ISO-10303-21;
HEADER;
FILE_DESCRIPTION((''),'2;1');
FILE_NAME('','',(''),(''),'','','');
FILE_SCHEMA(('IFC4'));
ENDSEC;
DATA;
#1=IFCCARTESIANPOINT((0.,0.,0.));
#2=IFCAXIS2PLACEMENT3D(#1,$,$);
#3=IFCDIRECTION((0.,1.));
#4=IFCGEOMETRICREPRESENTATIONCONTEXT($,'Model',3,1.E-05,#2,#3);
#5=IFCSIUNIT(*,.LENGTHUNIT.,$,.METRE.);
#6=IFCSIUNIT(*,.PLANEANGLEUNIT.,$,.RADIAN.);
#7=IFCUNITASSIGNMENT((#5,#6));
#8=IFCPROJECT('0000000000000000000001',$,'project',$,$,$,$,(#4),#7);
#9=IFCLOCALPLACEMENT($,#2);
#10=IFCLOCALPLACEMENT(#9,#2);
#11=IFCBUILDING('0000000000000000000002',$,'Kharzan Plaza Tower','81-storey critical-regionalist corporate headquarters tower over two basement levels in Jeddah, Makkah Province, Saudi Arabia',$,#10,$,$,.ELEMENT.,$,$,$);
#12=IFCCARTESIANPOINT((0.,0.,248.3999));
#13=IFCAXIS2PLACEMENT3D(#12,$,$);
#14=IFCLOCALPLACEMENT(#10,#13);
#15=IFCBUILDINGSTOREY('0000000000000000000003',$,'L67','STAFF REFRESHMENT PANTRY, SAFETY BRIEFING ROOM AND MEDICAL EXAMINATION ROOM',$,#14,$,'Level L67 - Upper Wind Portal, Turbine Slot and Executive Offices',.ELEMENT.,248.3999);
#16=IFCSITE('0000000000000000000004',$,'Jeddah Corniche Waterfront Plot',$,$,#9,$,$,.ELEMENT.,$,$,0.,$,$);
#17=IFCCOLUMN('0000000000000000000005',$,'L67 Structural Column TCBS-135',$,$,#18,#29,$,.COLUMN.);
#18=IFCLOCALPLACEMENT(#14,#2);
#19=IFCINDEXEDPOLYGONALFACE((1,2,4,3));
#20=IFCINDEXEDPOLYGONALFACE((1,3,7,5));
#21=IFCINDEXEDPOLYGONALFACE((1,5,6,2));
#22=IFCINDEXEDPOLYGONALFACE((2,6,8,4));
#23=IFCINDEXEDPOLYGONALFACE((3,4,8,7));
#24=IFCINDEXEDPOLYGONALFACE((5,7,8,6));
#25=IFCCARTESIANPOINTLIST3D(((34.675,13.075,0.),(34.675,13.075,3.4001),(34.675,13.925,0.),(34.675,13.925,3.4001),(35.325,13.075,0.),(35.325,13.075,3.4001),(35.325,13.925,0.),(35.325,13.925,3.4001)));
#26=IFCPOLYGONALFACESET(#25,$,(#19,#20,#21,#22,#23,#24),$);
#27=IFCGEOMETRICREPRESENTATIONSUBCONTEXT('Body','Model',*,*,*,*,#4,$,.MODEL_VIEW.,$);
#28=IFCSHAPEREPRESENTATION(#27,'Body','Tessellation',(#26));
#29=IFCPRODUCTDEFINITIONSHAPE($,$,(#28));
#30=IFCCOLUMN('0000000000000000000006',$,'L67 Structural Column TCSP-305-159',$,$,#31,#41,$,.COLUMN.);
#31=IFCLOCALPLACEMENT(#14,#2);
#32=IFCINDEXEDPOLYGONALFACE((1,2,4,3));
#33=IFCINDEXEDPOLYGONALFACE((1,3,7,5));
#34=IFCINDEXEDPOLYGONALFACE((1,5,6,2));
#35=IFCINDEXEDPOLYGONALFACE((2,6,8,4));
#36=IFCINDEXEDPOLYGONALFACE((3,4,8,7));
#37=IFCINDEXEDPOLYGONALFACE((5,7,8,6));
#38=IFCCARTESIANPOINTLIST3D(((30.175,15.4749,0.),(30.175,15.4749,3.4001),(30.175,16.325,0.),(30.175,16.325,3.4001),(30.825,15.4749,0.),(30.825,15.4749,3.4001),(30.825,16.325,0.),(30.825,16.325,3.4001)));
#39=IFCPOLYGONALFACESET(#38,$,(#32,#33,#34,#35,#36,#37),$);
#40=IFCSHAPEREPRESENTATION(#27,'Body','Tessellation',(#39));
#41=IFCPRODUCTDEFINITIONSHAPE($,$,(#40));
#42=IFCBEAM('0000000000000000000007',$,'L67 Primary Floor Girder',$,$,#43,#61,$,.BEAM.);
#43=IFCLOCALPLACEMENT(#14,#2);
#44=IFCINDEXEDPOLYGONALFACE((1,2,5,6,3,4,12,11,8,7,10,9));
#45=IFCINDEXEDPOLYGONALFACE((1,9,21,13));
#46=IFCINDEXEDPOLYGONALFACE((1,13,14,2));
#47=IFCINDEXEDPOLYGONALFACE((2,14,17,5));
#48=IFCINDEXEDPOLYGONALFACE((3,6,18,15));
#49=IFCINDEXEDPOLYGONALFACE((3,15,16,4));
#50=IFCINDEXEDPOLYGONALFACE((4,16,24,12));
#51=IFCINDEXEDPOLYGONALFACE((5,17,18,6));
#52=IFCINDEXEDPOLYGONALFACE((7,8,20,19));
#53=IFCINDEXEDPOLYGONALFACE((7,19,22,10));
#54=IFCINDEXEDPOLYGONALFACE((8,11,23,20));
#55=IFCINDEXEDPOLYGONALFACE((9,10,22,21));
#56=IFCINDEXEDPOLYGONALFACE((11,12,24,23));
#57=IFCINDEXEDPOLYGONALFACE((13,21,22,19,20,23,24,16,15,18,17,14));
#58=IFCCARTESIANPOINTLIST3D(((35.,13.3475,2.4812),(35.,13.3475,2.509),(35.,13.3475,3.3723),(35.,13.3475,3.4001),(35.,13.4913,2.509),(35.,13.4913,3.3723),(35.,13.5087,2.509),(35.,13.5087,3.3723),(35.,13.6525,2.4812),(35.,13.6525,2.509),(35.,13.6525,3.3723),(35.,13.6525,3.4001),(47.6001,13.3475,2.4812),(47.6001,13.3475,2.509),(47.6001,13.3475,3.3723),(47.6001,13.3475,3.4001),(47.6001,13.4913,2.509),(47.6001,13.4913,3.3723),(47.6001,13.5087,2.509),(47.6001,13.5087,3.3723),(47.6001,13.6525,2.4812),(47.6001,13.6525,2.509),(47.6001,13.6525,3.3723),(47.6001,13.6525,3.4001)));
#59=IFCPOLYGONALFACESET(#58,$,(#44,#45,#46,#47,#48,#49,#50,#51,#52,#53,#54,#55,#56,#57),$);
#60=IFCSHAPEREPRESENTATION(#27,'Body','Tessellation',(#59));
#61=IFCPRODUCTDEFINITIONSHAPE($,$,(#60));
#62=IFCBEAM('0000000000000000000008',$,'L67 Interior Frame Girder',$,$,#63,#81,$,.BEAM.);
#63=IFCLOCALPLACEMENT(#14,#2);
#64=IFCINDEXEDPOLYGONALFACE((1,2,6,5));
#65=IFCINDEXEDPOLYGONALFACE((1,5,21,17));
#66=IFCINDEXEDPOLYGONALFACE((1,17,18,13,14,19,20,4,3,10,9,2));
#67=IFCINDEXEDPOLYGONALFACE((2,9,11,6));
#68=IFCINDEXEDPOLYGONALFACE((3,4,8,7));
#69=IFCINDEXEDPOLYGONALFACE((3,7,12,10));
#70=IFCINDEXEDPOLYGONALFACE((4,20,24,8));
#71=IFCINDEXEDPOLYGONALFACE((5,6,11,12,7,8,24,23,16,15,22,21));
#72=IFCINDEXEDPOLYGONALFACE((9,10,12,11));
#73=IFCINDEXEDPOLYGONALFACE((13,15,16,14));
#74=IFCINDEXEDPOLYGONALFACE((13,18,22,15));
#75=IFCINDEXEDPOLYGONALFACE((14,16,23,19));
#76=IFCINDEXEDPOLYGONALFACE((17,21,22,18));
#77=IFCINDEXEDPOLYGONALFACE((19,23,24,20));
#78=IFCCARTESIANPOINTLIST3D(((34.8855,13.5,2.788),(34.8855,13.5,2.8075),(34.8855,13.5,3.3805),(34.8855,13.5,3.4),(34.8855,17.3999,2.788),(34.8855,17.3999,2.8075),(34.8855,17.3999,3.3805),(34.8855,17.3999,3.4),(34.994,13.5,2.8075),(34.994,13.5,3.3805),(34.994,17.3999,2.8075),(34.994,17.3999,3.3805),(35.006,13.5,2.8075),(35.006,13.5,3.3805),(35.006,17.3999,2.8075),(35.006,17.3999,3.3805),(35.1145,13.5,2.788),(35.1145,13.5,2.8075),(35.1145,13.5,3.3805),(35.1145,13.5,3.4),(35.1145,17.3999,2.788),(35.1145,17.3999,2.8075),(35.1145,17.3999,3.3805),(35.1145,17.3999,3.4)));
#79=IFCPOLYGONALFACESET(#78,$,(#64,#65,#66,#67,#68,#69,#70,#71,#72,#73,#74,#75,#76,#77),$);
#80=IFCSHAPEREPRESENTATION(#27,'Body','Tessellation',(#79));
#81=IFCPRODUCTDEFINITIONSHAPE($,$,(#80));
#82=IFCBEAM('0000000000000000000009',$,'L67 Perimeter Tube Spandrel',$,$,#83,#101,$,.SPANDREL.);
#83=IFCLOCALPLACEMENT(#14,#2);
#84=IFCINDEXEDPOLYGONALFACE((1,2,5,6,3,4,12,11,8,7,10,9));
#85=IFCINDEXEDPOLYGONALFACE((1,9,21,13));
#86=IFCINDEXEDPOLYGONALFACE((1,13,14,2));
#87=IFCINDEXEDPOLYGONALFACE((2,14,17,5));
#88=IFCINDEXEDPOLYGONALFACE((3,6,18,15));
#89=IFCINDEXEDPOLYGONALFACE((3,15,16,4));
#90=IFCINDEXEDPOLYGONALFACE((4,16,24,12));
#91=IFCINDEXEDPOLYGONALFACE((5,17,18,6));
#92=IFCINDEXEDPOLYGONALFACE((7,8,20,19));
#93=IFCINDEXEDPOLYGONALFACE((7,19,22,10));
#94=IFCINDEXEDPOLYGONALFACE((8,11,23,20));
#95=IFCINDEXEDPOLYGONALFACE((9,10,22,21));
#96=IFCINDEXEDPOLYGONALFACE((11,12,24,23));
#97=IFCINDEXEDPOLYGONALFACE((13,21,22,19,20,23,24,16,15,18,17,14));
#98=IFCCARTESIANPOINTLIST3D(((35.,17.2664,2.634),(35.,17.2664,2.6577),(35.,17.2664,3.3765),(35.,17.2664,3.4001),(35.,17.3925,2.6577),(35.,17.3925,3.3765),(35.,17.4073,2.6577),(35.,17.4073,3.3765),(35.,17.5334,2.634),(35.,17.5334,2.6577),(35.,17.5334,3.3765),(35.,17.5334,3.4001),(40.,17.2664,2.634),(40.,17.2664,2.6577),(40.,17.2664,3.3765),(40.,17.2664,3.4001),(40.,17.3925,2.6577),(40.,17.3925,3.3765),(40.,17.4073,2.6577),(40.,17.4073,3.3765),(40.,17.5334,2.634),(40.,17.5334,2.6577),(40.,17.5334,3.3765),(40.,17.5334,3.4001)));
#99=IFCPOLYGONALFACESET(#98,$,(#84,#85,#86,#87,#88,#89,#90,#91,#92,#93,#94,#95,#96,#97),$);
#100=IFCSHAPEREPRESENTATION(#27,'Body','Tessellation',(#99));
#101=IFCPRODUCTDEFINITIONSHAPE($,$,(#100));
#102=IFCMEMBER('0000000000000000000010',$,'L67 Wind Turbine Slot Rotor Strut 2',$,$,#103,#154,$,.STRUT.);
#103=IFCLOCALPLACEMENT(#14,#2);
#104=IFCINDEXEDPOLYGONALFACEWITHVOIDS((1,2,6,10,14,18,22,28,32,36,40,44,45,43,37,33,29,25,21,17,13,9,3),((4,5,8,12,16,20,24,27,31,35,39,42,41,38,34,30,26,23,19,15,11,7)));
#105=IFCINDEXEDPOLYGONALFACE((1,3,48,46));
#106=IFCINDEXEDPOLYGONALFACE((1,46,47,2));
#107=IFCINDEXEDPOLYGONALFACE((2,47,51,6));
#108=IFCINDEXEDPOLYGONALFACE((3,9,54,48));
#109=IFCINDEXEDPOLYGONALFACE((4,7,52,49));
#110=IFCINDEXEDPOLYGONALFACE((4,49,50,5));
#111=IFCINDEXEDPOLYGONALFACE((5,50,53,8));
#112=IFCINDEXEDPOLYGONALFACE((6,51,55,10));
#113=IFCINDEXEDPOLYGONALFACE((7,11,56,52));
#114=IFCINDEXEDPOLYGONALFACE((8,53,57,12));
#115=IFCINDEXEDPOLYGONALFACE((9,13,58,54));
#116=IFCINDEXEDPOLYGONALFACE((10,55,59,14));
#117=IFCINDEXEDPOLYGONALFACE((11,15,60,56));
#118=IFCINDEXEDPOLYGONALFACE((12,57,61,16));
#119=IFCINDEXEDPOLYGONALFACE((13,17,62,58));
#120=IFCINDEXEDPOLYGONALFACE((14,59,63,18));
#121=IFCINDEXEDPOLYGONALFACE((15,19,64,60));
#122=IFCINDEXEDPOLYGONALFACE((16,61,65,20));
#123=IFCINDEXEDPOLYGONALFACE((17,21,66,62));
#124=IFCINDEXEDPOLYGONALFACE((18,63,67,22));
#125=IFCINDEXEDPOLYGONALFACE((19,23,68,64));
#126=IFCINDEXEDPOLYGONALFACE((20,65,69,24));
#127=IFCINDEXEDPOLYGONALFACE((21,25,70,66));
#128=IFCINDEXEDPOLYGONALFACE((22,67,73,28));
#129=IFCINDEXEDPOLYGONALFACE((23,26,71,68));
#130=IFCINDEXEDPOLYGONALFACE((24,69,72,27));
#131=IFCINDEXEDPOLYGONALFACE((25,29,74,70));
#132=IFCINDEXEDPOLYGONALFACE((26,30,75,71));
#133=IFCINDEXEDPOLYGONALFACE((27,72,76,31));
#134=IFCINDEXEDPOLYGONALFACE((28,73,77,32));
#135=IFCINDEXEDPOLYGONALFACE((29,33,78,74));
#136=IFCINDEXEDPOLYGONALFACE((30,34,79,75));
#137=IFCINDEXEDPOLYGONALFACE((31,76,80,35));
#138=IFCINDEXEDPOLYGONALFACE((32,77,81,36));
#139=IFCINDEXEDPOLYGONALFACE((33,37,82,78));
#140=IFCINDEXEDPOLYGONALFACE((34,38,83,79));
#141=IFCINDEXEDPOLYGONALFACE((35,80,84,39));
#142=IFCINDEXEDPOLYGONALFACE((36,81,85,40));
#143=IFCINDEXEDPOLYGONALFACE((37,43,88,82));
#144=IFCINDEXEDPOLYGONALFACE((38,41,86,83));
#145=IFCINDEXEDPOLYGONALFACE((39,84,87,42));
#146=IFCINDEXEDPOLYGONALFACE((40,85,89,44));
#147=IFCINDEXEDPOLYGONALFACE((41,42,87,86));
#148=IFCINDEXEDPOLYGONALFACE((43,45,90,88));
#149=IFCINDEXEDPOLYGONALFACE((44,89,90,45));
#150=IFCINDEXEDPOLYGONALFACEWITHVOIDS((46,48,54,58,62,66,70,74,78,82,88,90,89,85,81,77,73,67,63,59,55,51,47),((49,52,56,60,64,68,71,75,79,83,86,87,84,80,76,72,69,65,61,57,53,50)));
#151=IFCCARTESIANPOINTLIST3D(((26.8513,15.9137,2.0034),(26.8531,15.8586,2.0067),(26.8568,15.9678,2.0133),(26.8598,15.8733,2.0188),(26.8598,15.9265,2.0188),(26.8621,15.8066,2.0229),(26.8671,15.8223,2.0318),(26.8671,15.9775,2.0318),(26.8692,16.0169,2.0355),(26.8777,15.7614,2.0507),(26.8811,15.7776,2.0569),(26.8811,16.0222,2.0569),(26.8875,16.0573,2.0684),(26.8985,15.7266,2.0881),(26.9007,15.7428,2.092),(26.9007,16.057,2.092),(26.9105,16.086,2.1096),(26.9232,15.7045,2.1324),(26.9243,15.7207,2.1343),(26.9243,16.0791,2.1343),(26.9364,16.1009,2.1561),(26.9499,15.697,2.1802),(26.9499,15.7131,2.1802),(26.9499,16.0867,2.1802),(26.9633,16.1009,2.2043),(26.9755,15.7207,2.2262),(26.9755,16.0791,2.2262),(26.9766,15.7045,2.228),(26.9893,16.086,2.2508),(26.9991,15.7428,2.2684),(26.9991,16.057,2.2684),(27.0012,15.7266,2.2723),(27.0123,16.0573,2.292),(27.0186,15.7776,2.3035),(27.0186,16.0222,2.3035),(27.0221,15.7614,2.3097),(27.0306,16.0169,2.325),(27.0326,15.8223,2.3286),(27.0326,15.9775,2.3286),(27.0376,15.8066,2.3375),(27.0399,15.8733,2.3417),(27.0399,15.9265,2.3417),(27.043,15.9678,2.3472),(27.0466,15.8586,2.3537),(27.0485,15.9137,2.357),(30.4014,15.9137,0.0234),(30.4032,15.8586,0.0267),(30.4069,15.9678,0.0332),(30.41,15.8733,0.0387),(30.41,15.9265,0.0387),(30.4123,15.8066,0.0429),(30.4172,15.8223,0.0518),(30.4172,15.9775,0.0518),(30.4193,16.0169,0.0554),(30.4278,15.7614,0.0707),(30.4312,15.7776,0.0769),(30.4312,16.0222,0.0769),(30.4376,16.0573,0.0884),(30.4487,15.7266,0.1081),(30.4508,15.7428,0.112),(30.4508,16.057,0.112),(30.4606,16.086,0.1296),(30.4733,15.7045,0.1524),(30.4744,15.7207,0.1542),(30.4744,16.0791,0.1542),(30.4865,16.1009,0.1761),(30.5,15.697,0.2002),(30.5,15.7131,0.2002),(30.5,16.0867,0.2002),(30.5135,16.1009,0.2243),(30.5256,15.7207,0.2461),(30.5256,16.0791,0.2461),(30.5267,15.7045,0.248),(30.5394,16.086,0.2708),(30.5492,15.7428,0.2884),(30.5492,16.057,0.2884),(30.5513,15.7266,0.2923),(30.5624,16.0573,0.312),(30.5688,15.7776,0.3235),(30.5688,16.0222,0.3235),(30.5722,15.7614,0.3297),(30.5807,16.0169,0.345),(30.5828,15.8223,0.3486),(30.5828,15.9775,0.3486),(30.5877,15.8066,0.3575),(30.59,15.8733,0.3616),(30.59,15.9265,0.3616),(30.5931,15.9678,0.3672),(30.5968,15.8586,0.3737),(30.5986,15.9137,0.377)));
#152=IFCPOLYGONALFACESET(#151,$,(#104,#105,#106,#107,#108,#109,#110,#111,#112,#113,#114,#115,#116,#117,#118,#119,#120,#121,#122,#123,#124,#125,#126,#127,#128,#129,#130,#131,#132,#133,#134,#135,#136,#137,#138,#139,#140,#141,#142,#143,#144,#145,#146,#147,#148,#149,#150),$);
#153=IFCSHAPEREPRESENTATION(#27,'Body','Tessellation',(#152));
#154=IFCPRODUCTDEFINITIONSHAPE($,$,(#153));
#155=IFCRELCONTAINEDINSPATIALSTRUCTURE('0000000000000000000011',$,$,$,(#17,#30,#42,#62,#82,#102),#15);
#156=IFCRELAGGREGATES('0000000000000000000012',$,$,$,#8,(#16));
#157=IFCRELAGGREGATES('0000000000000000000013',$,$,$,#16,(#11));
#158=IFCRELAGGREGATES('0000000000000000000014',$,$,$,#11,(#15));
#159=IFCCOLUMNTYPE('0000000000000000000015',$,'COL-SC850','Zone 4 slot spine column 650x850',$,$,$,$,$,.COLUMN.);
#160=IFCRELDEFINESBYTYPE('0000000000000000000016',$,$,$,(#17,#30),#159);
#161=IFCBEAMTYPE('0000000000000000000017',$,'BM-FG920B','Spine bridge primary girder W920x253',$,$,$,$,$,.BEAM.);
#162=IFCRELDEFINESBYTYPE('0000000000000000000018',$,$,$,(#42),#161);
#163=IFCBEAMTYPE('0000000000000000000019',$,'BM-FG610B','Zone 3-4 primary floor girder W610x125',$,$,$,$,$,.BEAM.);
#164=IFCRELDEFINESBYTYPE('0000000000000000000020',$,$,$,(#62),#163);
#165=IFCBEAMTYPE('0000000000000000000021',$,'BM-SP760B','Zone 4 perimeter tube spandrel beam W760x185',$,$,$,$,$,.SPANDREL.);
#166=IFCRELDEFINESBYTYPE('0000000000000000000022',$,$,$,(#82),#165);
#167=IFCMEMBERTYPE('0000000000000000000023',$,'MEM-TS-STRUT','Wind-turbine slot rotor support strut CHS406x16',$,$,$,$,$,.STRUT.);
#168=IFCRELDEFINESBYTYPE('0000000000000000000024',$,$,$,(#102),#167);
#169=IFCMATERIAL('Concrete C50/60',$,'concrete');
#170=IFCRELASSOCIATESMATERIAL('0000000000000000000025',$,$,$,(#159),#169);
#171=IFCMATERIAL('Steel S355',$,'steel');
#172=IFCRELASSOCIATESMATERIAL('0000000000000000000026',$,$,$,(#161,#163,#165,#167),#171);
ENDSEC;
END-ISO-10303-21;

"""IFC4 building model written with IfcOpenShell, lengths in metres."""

from ifc_helpers import new_model, si_unit, direction, frame, origin, origin_2d, place, context, subcontext, project, spatial, rectangle, hollow_circle, i_section, extrude, source, transform, mapped, material, material_profile, profile_set, type_object, element, save


model = new_model("IFC4")

# Units and contexts
model_context = context("Model", 3, precision=1e-05, world=origin(), true_north=direction((0.0, 1.0)))
body_context = subcontext(model_context, "Body", "Model", "MODEL_VIEW")
ifc_project = project(units=[si_unit("LENGTHUNIT", "METRE"), si_unit("PLANEANGLEUNIT", "RADIAN")], contexts=[model_context])

# Site, building, storey
site_placement = place(None, origin())
site = spatial("IfcSite", under=ifc_project, at=site_placement, Name="Jeddah Corniche Waterfront Plot", CompositionType="ELEMENT", RefElevation=0.0)
building_placement = place(site_placement, origin())
building = spatial("IfcBuilding", under=site, at=building_placement, Name="Kharzan Plaza Tower", Description="81-storey critical-regionalist corporate headquarters tower over two basement levels in Jeddah, Makkah Province, Saudi Arabia", CompositionType="ELEMENT")
storey_placement = place(building_placement, frame((0.0, 0.0, 248.3999)))
storey = spatial("IfcBuildingStorey", under=building, at=storey_placement, Name="L67", Description="STAFF REFRESHMENT PANTRY, SAFETY BRIEFING ROOM AND MEDICAL EXAMINATION ROOM", LongName="Level L67 - Upper Wind Portal, Turbine Slot and Executive Offices", CompositionType="ELEMENT", Elevation=248.3999)

# Columns
ifc_material_1 = material(Name="Concrete C50/60", Category="concrete")
ifc_material_profile_1 = material_profile(ifc_material_1, rectangle(XDim=0.6499, YDim=0.8501, at=origin_2d()), Name="RC-SC850x650")
ifc_profile_set_1 = profile_set([ifc_material_profile_1], Name="Concrete C50/60")
column_type = type_object("IfcColumnType", Name="COL-SC850", Description="Zone 4 slot spine column 650x850", PredefinedType="COLUMN", material=ifc_profile_set_1)
shared_shape_1 = source(origin(), body_context, "Body", "SweptSolid", [
    extrude(rectangle(XDim=0.6499, YDim=0.8501, at=origin_2d()), origin(), (0.0, 0.0, 1.0), 3.4001),
])
for number, where, z_axis, x_axis, name in (
    (1, (35.0, 13.5, 0.0), (0.0, 0.0, 1.0), (1.0, 0.0, 0.0), "L67 Structural Column TCBS-135"),
    (2, (30.5, 15.8999, 0.0), (0.0, 0.0, 1.0), (1.0, 0.0, 0.0), "L67 Structural Column TCSP-305-159"),
):
    element("IfcColumn", number, at=place(storey_placement, frame(where, z_axis=z_axis, x_axis=x_axis)), inside=storey, type_object=column_type, Name=name, PredefinedType="COLUMN", context=body_context, shape_type="MappedRepresentation", body=[
        mapped(shared_shape_1, transform((0.0, 0.0, 0.0), x_axis=(1.0, 0.0, 0.0), y_axis=(0.0, 1.0, 0.0), z_axis=(0.0, 0.0, 1.0))),
    ])

# Beams
ifc_material_2 = material(Name="Steel S355", Category="steel")
ifc_material_profile_2 = material_profile(ifc_material_2, i_section(OverallWidth=0.3049, OverallDepth=0.9189, WebThickness=0.0173, FlangeThickness=0.0278, at=origin_2d()), Name="W920x253")
ifc_profile_set_2 = profile_set([ifc_material_profile_2], Name="Steel S355")
beam_type_1 = type_object("IfcBeamType", Name="BM-FG920B", Description="Spine bridge primary girder W920x253", PredefinedType="BEAM", material=ifc_profile_set_2)
shared_shape_2 = source(origin(), body_context, "Body", "SweptSolid", [
    extrude(i_section(OverallWidth=0.3049, OverallDepth=0.9189, WebThickness=0.0173, FlangeThickness=0.0278, at=origin_2d()), origin(), (0.0, 0.0, 1.0), 12.6001),
])
beam_1_placement = place(storey_placement, frame((35.0, 13.5, 2.9407), z_axis=(1.0, 0.0, 0.0), x_axis=(0.0, 1.0, 0.0)))
element("IfcBeam", 3, at=beam_1_placement, inside=storey, type_object=beam_type_1, Name="L67 Primary Floor Girder", PredefinedType="BEAM", context=body_context, shape_type="MappedRepresentation", body=[
    mapped(shared_shape_2, transform((0.0, 0.0, 0.0), x_axis=(1.0, 0.0, 0.0), y_axis=(0.0, 1.0, 0.0), z_axis=(0.0, 0.0, 1.0))),
])
ifc_material_profile_3 = material_profile(ifc_material_2, i_section(OverallWidth=0.229, OverallDepth=0.6121, WebThickness=0.012, FlangeThickness=0.0195, at=origin_2d()), Name="W610x125")
ifc_profile_set_3 = profile_set([ifc_material_profile_3], Name="Steel S355")
beam_type_2 = type_object("IfcBeamType", Name="BM-FG610B", Description="Zone 3-4 primary floor girder W610x125", PredefinedType="BEAM", material=ifc_profile_set_3)
shared_shape_3 = source(origin(), body_context, "Body", "SweptSolid", [
    extrude(i_section(OverallWidth=0.229, OverallDepth=0.6121, WebThickness=0.012, FlangeThickness=0.0195, at=origin_2d()), origin(), (0.0, 0.0, 1.0), 3.8999),
])
beam_2_placement = place(storey_placement, frame((35.0, 13.5, 3.094), z_axis=(0.0, 1.0, 0.0), x_axis=(-1.0, 0.0, 0.0)))
element("IfcBeam", 4, at=beam_2_placement, inside=storey, type_object=beam_type_2, Name="L67 Interior Frame Girder", PredefinedType="BEAM", context=body_context, shape_type="MappedRepresentation", body=[
    mapped(shared_shape_3, transform((0.0, 0.0, 0.0), x_axis=(1.0, 0.0, 0.0), y_axis=(0.0, 1.0, 0.0), z_axis=(0.0, 0.0, 1.0))),
])
ifc_material_profile_4 = material_profile(ifc_material_2, i_section(OverallWidth=0.2671, OverallDepth=0.7661, WebThickness=0.0149, FlangeThickness=0.0237, at=origin_2d()), Name="W760x185")
ifc_profile_set_4 = profile_set([ifc_material_profile_4], Name="Steel S355")
beam_type_3 = type_object("IfcBeamType", Name="BM-SP760B", Description="Zone 4 perimeter tube spandrel beam W760x185", PredefinedType="SPANDREL", material=ifc_profile_set_4)
shared_shape_4 = source(origin(), body_context, "Body", "SweptSolid", [
    extrude(i_section(OverallWidth=0.2671, OverallDepth=0.7661, WebThickness=0.0149, FlangeThickness=0.0237, at=origin_2d()), origin(), (0.0, 0.0, 1.0), 5.0),
])
beam_3_placement = place(storey_placement, frame((35.0, 17.3999, 3.0171), z_axis=(1.0, 0.0, 0.0), x_axis=(0.0, 1.0, 0.0)))
element("IfcBeam", 5, at=beam_3_placement, inside=storey, type_object=beam_type_3, Name="L67 Perimeter Tube Spandrel", PredefinedType="SPANDREL", context=body_context, shape_type="MappedRepresentation", body=[
    mapped(shared_shape_4, transform((0.0, 0.0, 0.0), x_axis=(1.0, 0.0, 0.0), y_axis=(0.0, 1.0, 0.0), z_axis=(0.0, 0.0, 1.0))),
])

# Member
ifc_material_profile_5 = material_profile(ifc_material_2, hollow_circle(Radius=0.2029, WallThickness=0.0161, at=origin_2d()), Name="CHS406x16")
ifc_profile_set_5 = profile_set([ifc_material_profile_5], Name="Steel S355")
member_type_1 = type_object("IfcMemberType", Name="MEM-TS-STRUT", Description="Wind-turbine slot rotor support strut CHS406x16", PredefinedType="STRUT", material=ifc_profile_set_5)
shared_shape_5 = source(origin(), body_context, "Body", "SweptSolid", [
    extrude(hollow_circle(Radius=0.2029, WallThickness=0.0161, at=origin_2d()), origin(), (0.0, 0.0, 1.0), 4.0649),
])
member_1_placement = place(storey_placement, frame((30.5, 15.8999, 0.2002), z_axis=(-0.873349, 0.0, 0.487096), x_axis=(0.0, -1.0, 0.0)))
element("IfcMember", 6, at=member_1_placement, inside=storey, type_object=member_type_1, Name="L67 Wind Turbine Slot Rotor Strut 2", PredefinedType="STRUT", context=body_context, shape_type="MappedRepresentation", body=[
    mapped(shared_shape_5, transform((0.0, 0.0, 0.0), x_axis=(1.0, 0.0, 0.0), y_axis=(0.0, 1.0, 0.0), z_axis=(0.0, 0.0, 1.0))),
])

save(model, "model.ifc")
